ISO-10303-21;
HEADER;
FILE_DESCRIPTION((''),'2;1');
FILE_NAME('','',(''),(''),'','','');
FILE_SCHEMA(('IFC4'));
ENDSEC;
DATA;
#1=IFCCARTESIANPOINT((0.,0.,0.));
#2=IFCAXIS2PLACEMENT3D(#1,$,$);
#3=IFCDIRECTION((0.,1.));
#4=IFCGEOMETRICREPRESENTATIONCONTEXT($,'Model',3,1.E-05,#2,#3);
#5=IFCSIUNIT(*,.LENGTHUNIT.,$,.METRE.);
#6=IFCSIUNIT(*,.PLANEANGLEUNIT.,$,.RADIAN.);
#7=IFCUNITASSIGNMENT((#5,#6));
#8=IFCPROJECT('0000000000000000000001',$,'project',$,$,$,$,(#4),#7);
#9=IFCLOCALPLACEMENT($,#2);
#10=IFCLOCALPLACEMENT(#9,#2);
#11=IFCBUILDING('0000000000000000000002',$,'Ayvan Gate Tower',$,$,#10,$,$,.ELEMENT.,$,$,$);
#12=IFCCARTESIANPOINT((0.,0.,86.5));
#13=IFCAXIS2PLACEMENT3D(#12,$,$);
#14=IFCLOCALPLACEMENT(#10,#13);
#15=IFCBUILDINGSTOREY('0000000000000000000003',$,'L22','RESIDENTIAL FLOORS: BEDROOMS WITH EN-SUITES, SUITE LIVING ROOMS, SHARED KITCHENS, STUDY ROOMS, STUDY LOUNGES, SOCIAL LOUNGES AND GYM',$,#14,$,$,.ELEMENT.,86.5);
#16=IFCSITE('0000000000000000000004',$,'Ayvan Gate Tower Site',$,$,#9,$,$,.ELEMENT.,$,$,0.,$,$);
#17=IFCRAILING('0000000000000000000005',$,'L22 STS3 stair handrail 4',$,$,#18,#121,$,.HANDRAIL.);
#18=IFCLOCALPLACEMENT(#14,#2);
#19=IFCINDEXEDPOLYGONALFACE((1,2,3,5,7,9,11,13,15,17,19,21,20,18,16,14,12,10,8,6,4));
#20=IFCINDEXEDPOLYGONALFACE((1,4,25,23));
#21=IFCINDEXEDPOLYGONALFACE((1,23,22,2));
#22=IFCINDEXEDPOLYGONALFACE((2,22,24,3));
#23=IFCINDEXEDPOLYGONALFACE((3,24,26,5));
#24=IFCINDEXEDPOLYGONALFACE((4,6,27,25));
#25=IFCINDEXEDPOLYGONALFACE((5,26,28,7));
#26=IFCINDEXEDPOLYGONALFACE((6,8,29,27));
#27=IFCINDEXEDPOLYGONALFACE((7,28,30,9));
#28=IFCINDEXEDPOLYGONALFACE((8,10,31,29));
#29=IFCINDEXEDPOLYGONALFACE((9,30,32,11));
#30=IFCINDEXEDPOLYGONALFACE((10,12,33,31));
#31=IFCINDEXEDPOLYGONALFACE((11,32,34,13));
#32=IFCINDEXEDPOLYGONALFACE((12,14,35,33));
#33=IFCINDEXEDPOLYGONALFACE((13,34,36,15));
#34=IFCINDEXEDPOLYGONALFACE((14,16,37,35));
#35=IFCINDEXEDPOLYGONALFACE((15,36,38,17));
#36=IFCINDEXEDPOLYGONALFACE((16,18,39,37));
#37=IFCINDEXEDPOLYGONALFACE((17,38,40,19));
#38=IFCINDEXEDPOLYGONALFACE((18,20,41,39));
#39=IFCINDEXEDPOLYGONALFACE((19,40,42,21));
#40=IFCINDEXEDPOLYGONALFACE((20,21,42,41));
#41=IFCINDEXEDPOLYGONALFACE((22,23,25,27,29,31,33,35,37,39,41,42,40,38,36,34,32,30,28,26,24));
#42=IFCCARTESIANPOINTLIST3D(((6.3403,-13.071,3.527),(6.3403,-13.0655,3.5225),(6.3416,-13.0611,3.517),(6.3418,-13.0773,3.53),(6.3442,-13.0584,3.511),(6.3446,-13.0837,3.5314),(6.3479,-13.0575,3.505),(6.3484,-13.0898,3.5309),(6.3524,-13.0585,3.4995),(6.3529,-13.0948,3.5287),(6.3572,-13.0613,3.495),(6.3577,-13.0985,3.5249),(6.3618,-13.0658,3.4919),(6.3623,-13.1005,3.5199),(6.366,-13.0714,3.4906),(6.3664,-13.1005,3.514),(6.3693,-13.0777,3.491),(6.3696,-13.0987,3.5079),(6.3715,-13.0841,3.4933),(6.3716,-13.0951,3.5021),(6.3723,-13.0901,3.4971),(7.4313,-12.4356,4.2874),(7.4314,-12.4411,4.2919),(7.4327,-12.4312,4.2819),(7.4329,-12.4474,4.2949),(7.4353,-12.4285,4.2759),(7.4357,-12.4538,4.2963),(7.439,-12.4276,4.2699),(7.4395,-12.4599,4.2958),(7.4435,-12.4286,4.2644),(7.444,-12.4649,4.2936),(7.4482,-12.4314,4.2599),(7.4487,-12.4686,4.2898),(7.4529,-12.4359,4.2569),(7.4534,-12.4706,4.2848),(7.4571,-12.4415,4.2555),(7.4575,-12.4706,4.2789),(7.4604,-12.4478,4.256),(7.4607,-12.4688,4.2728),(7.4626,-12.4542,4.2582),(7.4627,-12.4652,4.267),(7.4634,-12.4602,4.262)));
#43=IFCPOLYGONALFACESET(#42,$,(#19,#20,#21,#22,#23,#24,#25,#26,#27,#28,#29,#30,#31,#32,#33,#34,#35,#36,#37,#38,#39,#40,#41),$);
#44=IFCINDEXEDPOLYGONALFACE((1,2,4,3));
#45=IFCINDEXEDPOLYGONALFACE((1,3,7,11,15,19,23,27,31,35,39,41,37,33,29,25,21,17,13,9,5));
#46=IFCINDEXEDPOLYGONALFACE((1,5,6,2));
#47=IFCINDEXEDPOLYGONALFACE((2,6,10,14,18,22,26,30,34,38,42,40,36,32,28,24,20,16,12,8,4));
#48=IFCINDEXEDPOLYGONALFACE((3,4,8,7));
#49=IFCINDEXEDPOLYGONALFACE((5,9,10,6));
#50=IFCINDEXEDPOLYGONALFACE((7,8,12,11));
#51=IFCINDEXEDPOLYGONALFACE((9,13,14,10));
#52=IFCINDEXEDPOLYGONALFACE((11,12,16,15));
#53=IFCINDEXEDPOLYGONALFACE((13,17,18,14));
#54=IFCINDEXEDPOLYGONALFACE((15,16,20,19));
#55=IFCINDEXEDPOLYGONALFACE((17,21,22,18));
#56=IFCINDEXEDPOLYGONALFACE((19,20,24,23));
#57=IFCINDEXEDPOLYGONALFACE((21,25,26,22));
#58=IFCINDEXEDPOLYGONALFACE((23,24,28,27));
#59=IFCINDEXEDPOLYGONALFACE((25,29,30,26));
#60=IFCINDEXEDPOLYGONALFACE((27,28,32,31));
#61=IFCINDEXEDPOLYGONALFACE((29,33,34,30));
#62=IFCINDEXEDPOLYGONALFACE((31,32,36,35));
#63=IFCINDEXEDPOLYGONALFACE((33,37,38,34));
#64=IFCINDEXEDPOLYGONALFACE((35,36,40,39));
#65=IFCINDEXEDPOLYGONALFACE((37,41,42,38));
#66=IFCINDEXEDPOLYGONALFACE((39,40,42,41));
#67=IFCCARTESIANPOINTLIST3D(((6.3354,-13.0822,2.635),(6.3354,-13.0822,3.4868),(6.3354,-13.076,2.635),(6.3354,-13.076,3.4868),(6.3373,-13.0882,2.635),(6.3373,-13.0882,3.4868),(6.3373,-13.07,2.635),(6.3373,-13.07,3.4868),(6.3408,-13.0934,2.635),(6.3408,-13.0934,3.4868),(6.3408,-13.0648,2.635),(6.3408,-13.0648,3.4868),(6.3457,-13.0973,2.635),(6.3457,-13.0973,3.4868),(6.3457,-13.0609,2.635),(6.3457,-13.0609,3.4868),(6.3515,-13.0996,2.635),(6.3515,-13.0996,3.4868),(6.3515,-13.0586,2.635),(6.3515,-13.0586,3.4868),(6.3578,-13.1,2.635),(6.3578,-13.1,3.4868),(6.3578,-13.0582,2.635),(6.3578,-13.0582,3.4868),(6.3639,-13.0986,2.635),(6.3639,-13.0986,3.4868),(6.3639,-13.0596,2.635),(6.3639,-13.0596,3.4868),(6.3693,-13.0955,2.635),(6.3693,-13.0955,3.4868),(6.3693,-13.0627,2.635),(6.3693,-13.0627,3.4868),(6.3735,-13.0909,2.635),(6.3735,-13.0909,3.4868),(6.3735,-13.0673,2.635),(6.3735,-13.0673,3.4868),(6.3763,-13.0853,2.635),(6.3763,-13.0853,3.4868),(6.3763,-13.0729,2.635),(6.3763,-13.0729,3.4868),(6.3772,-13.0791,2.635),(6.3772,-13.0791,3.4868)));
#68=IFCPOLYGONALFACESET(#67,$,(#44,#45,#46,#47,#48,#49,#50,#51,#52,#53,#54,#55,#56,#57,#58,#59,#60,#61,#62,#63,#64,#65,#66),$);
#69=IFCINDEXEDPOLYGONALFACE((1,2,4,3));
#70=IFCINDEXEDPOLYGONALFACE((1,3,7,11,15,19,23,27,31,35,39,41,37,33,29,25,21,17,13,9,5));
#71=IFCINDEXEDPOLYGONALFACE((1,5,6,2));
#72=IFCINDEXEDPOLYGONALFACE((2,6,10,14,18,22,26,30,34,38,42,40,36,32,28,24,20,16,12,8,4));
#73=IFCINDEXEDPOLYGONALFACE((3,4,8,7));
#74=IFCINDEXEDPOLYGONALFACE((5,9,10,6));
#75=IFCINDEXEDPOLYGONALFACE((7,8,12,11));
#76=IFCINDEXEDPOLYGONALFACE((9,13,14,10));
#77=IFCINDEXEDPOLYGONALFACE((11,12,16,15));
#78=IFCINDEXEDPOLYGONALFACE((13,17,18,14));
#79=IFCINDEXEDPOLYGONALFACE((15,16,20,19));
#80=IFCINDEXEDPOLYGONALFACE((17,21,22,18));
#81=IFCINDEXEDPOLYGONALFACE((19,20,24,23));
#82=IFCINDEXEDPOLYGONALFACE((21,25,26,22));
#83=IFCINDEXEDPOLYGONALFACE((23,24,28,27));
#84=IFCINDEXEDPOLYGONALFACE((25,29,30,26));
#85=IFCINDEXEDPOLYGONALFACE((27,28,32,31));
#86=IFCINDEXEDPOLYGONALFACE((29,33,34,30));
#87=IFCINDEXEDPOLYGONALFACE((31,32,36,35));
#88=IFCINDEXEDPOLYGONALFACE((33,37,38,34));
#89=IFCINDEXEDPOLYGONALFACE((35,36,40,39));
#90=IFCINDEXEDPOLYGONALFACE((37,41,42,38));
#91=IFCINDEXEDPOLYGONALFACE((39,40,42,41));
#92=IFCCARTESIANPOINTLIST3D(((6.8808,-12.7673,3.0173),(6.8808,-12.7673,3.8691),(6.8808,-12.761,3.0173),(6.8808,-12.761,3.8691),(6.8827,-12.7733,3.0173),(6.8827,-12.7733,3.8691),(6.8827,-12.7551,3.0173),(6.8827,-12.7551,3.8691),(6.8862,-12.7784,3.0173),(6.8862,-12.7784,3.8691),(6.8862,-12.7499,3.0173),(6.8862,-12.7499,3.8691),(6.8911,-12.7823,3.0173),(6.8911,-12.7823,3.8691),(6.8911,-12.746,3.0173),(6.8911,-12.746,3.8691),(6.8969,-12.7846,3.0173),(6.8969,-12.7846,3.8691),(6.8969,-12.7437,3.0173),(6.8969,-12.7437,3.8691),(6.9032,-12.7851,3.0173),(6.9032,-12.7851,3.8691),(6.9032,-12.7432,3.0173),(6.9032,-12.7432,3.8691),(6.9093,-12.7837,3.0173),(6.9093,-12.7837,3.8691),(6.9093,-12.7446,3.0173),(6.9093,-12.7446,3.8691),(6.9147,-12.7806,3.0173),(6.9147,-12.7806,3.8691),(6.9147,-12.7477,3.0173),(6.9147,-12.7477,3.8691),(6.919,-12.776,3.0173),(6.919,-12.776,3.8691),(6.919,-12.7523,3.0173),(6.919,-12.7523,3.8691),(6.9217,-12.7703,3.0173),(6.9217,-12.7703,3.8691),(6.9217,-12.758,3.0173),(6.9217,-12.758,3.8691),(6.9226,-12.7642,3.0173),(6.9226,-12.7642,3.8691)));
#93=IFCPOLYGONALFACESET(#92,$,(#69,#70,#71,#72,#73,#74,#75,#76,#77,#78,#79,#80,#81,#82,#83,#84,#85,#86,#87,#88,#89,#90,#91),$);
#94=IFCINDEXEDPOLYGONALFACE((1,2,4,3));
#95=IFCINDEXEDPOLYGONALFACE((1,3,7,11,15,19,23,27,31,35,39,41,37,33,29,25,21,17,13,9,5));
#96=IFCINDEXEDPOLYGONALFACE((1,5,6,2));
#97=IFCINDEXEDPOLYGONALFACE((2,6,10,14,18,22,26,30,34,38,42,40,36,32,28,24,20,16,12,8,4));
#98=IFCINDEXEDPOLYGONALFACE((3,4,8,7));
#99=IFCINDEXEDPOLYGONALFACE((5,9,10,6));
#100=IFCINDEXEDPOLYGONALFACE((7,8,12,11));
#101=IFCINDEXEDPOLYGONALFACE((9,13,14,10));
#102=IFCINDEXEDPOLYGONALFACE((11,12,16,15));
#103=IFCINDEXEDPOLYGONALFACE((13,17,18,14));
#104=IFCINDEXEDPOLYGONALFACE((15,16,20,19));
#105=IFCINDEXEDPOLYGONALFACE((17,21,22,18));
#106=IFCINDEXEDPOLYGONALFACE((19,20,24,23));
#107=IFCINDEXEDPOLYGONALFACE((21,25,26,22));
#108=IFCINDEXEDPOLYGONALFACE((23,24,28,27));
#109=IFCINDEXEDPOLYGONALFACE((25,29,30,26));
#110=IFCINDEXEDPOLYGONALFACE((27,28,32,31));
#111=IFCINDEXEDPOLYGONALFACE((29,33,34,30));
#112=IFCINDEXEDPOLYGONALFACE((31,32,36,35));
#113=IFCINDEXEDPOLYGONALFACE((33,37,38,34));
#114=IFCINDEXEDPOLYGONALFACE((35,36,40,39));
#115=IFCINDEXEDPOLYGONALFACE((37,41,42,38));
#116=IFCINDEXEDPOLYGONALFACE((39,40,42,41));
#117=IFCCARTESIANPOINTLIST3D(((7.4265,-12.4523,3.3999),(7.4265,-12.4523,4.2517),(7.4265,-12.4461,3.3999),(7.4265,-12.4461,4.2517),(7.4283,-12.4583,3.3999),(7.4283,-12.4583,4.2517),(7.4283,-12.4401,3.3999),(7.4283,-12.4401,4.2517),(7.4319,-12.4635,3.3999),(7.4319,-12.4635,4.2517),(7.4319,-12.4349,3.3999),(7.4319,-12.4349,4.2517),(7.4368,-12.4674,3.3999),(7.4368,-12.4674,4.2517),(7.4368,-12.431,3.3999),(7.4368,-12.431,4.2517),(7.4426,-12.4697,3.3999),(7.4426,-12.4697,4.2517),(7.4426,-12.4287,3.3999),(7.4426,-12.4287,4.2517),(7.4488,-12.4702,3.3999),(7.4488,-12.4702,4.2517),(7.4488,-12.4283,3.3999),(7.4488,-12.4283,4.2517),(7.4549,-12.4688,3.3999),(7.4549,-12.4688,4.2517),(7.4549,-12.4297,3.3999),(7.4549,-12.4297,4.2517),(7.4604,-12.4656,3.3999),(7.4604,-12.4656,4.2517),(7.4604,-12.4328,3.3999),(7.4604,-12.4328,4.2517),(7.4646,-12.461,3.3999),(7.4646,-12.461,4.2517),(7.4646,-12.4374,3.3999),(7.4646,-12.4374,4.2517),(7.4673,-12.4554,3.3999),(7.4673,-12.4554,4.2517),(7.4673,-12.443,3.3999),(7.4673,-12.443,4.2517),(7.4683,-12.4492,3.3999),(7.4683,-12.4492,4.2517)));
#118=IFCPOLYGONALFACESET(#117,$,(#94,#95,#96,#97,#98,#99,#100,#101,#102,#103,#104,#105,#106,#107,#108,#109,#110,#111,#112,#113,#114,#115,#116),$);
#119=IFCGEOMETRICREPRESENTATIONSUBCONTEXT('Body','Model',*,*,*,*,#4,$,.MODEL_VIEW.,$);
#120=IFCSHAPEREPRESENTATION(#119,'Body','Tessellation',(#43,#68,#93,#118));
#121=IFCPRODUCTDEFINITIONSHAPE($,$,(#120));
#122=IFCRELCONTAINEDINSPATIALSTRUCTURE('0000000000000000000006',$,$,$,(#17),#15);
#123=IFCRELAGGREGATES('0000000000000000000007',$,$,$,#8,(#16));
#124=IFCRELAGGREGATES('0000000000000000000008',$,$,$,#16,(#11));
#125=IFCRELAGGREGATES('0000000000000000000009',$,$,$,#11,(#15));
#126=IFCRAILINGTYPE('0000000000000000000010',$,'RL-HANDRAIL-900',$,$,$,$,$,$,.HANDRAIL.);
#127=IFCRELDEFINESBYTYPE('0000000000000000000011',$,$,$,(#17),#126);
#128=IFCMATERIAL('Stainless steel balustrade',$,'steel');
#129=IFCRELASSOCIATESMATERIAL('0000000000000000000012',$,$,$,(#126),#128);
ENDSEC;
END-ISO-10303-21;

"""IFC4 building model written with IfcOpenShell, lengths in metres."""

from ifc_helpers import new_model, si_unit, direction, frame, origin, origin_2d, place, context, subcontext, project, spatial, circle, extrude, material, type_object, element, save


model = new_model("IFC4")

# Units and contexts
model_context = context("Model", 3, precision=1e-05, world=origin(), true_north=direction((0.0, 1.0)))
body_context = subcontext(model_context, "Body", "Model", "MODEL_VIEW")
ifc_project = project(units=[si_unit("LENGTHUNIT", "METRE"), si_unit("PLANEANGLEUNIT", "RADIAN")], contexts=[model_context])

# Site, building, storey
site_placement = place(None, origin())
site = spatial("IfcSite", under=ifc_project, at=site_placement, Name="Ayvan Gate Tower Site", CompositionType="ELEMENT", RefElevation=0.0)
building_placement = place(site_placement, origin())
building = spatial("IfcBuilding", under=site, at=building_placement, Name="Ayvan Gate Tower", CompositionType="ELEMENT")
storey_placement = place(building_placement, frame((0.0, 0.0, 86.5)))
storey = spatial("IfcBuildingStorey", under=building, at=storey_placement, Name="L22", Description="RESIDENTIAL FLOORS: BEDROOMS WITH EN-SUITES, SUITE LIVING ROOMS, SHARED KITCHENS, STUDY ROOMS, STUDY LOUNGES, SOCIAL LOUNGES AND GYM", CompositionType="ELEMENT", Elevation=86.5)

# Railing
ifc_material_1 = material(Name="Stainless steel balustrade", Category="steel")
railing_type_1 = type_object("IfcRailingType", Name="RL-HANDRAIL-900", PredefinedType="HANDRAIL", material=ifc_material_1)
railing_1_placement = place(storey_placement, frame((6.3562, -13.0791, 2.635)))
element("IfcRailing", 1, at=railing_1_placement, inside=storey, type_object=railing_type_1, Name="L22 STS3 stair handrail 4", PredefinedType="HANDRAIL", context=body_context, shape_type="SweptSolid", body=[
    extrude(circle(Radius=0.0239, at=origin_2d()), frame((0.0, 0.0, 0.876), z_axis=(0.740282, 0.427372, 0.518976), x_axis=(-0.499974, 0.86604, 0.0)), (0.0, 0.0, 1.0), 1.4739),
    extrude(circle(Radius=0.021, at=origin_2d()), origin(), (0.0, 0.0, 1.0), 0.8518),
    extrude(circle(Radius=0.021, at=origin_2d()), frame((0.5454, 0.3149, 0.3823)), (0.0, 0.0, 1.0), 0.8518),
    extrude(circle(Radius=0.021, at=origin_2d()), frame((1.0911, 0.6299, 0.7649)), (0.0, 0.0, 1.0), 0.8518),
])

save(model, "model.ifc")
